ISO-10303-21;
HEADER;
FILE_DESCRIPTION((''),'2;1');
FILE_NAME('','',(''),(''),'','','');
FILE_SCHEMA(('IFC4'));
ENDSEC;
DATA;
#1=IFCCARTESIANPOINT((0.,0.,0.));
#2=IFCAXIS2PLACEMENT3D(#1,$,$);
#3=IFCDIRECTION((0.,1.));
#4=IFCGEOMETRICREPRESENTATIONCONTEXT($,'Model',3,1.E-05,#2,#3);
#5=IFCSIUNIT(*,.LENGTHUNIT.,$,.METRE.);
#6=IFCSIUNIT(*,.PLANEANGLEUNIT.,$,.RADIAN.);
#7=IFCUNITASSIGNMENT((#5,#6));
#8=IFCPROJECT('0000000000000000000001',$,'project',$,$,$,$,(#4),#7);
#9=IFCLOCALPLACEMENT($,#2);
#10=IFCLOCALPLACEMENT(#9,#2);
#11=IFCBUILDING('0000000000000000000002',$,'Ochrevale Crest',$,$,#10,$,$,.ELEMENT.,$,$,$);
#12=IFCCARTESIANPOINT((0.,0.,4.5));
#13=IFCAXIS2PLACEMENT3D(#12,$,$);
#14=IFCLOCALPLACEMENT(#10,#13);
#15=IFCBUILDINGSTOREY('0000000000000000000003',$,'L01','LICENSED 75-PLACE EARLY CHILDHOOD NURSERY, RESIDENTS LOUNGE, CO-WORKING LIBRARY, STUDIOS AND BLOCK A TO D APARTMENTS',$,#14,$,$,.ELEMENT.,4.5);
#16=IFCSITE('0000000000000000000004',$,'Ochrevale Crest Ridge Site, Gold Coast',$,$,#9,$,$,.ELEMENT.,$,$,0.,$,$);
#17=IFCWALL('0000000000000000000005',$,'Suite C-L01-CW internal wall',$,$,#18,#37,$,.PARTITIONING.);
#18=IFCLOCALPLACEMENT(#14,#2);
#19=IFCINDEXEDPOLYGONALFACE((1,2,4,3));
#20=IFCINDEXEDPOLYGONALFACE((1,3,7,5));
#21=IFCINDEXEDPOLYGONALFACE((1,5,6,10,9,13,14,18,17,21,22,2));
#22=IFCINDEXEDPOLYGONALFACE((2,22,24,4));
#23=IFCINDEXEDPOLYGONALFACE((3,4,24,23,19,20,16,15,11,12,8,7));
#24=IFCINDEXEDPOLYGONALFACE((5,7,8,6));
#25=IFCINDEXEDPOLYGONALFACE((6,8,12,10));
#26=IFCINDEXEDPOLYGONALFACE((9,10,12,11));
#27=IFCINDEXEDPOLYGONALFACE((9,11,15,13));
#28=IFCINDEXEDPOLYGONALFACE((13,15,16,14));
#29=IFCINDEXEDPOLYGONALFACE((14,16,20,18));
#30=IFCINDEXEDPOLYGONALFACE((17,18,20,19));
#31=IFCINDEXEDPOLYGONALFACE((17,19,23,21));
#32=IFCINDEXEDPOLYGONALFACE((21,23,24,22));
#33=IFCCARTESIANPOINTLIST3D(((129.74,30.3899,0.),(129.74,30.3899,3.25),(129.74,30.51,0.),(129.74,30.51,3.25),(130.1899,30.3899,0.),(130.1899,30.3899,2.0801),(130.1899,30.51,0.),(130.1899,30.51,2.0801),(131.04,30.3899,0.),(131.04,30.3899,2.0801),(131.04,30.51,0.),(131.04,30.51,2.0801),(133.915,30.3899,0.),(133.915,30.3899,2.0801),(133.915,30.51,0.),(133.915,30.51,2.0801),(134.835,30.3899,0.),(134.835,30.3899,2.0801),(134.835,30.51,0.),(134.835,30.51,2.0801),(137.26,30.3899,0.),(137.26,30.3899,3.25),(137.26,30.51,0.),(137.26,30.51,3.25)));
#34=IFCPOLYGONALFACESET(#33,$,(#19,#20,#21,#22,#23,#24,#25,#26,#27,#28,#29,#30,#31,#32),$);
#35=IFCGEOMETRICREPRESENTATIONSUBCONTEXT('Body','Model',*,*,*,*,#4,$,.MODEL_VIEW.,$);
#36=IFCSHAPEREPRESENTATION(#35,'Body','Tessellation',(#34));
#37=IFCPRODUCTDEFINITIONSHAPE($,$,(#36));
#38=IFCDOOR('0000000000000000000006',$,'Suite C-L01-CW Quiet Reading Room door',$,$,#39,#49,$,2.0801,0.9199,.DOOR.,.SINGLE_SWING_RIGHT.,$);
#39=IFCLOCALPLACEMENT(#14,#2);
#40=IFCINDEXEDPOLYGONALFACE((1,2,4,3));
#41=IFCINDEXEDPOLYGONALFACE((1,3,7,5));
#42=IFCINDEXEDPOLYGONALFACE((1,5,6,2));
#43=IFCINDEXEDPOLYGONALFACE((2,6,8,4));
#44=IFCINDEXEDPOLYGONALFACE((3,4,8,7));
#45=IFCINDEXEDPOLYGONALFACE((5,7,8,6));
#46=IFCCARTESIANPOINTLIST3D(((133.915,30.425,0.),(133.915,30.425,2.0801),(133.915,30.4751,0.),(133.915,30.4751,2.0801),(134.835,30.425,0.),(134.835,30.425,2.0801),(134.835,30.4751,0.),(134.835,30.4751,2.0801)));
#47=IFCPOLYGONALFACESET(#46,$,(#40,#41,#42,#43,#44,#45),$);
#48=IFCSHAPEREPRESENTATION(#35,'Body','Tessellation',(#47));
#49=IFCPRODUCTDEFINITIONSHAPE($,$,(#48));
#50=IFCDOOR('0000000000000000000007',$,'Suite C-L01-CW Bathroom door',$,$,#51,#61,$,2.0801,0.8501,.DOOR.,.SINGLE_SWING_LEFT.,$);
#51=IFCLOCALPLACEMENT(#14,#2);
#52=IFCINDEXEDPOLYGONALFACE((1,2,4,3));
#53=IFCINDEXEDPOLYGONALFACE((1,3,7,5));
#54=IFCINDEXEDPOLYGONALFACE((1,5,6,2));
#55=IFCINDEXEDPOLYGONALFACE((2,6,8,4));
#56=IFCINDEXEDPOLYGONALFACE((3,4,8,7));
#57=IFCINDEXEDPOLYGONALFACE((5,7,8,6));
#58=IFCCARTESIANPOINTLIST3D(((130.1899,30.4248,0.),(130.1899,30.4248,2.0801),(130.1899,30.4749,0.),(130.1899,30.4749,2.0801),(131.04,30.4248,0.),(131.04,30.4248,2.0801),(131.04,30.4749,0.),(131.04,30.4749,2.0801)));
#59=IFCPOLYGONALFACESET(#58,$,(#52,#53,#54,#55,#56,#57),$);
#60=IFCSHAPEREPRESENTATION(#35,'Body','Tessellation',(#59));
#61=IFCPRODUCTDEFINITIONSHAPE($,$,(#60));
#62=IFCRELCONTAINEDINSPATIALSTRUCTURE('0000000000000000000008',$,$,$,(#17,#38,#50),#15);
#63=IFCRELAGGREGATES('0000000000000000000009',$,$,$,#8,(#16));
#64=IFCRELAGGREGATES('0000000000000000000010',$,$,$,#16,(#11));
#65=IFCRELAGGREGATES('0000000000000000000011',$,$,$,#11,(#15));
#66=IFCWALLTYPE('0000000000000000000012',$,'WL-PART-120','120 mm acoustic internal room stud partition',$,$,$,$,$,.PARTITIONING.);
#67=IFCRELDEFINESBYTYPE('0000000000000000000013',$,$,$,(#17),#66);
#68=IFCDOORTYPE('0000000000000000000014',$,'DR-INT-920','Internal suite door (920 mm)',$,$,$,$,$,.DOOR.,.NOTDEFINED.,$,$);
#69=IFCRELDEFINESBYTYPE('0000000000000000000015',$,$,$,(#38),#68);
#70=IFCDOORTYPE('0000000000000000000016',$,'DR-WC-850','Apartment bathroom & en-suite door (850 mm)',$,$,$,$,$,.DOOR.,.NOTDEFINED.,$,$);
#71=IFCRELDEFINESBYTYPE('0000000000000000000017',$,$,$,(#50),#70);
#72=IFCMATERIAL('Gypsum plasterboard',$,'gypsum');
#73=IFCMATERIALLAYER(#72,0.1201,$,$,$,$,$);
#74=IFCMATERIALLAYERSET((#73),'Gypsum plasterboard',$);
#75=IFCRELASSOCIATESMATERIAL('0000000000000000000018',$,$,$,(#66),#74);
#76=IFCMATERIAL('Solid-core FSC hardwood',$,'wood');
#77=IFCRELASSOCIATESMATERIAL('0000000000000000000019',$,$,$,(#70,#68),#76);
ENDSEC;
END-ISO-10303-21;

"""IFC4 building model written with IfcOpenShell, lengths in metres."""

from ifc_helpers import new_model, si_unit, direction, frame, frame_2d, origin, place, context, subcontext, project, spatial, rectangle, extrude, material, layer, layer_set, type_object, element, fill, save


model = new_model("IFC4")

# Units and contexts
model_context = context("Model", 3, precision=1e-05, world=origin(), true_north=direction((0.0, 1.0)))
body_context = subcontext(model_context, "Body", "Model", "MODEL_VIEW")
ifc_project = project(units=[si_unit("LENGTHUNIT", "METRE"), si_unit("PLANEANGLEUNIT", "RADIAN")], contexts=[model_context])

# Site, building, storey
site_placement = place(None, origin())
site = spatial("IfcSite", under=ifc_project, at=site_placement, Name="Ochrevale Crest Ridge Site, Gold Coast", CompositionType="ELEMENT", RefElevation=0.0)
building_placement = place(site_placement, origin())
building = spatial("IfcBuilding", under=site, at=building_placement, Name="Ochrevale Crest", CompositionType="ELEMENT")
storey_placement = place(building_placement, frame((0.0, 0.0, 4.5)))
storey = spatial("IfcBuildingStorey", under=building, at=storey_placement, Name="L01", Description="LICENSED 75-PLACE EARLY CHILDHOOD NURSERY, RESIDENTS LOUNGE, CO-WORKING LIBRARY, STUDIOS AND BLOCK A TO D APARTMENTS", CompositionType="ELEMENT", Elevation=4.5)

# Shared definitions
ifc_material_1 = material(Name="Gypsum plasterboard", Category="gypsum")
ifc_material_2 = material(Name="Solid-core FSC hardwood", Category="wood")

# Wall, openings, doors
ifc_layer_1 = layer(ifc_material_1, 0.1201)
ifc_layer_set_1 = layer_set([ifc_layer_1], Name="Gypsum plasterboard")
wall_type_1 = type_object("IfcWallType", Name="WL-PART-120", Description="120 mm acoustic internal room stud partition", PredefinedType="PARTITIONING", material=ifc_layer_set_1)
door_type_1 = type_object("IfcDoorType", Name="DR-WC-850", Description="Apartment bathroom & en-suite door (850 mm)", OperationType="NOTDEFINED", PredefinedType="DOOR", material=ifc_material_2)
wall_1_placement = place(storey_placement, frame((129.74, 30.45, 0.0), z_axis=(0.0, 0.0, 1.0), x_axis=(1.0, 0.0, 0.0)))
wall_1 = element("IfcWall", 1, at=wall_1_placement, inside=storey, type_object=wall_type_1, Name="Suite C-L01-CW internal wall", PredefinedType="PARTITIONING", context=body_context, shape_type="SweptSolid", body=[
    extrude(rectangle(XDim=7.52, YDim=0.1201, at=frame_2d((3.76, 0.0))), origin(), (0.0, 0.0, 1.0), 3.25),
])
opening_1_placement = place(wall_1_placement, frame((0.45, 0.0, 0.0)))
opening_1 = element("IfcOpeningElement", 2, at=opening_1_placement, cuts=wall_1, PredefinedType="OPENING", context=body_context, shape_type="SweptSolid", body=[
    extrude(rectangle(XDim=0.8501, YDim=2.0801, at=frame_2d((0.425, 1.04))), frame((0.0, 0.0701, 0.0), z_axis=(0.0, -1.0, 0.0), x_axis=(1.0, 0.0, 0.0)), (0.0, 0.0, 1.0), 0.1401),
])
opening_2_placement = place(wall_1_placement, frame((5.095, 0.0, 0.0), z_axis=(0.0, 0.0, 1.0), x_axis=(-1.0, 0.0, 0.0)))
opening_2 = element("IfcOpeningElement", 3, at=opening_2_placement, cuts=wall_1, PredefinedType="OPENING", context=body_context, shape_type="SweptSolid", body=[
    extrude(rectangle(XDim=0.9199, YDim=2.0801, at=frame_2d((0.46, 1.04))), frame((0.0, 0.0701, 0.0), z_axis=(0.0, -1.0, 0.0), x_axis=(1.0, 0.0, 0.0)), (0.0, 0.0, 1.0), 0.1401),
])
door_type_2 = type_object("IfcDoorType", Name="DR-INT-920", Description="Internal suite door (920 mm)", OperationType="NOTDEFINED", PredefinedType="DOOR", material=ifc_material_2)
door_1_placement = place(opening_2_placement, origin())
door_1 = element("IfcDoor", 4, at=door_1_placement, inside=storey, type_object=door_type_2, Name="Suite C-L01-CW Quiet Reading Room door", OperationType="SINGLE_SWING_RIGHT", OverallHeight=2.0801, OverallWidth=0.9199, PredefinedType="DOOR", context=body_context, shape_type="SweptSolid", body=[
    extrude(rectangle(XDim=0.9199, YDim=2.0801, at=frame_2d((0.46, 1.04))), frame((0.0, 0.0249, 0.0), z_axis=(0.0, -1.0, 0.0), x_axis=(1.0, 0.0, 0.0)), (0.0, 0.0, 1.0), 0.05),
])
fill(opening_2, door_1)
door_2_placement = place(opening_1_placement, origin())
door_2 = element("IfcDoor", 5, at=door_2_placement, inside=storey, type_object=door_type_1, Name="Suite C-L01-CW Bathroom door", OperationType="SINGLE_SWING_LEFT", OverallHeight=2.0801, OverallWidth=0.8501, PredefinedType="DOOR", context=body_context, shape_type="SweptSolid", body=[
    extrude(rectangle(XDim=0.8501, YDim=2.0801, at=frame_2d((0.425, 1.04))), frame((0.0, 0.0249, 0.0), z_axis=(0.0, -1.0, 0.0), x_axis=(1.0, 0.0, 0.0)), (0.0, 0.0, 1.0), 0.05),
])
fill(opening_1, door_2)

save(model, "model.ifc")
